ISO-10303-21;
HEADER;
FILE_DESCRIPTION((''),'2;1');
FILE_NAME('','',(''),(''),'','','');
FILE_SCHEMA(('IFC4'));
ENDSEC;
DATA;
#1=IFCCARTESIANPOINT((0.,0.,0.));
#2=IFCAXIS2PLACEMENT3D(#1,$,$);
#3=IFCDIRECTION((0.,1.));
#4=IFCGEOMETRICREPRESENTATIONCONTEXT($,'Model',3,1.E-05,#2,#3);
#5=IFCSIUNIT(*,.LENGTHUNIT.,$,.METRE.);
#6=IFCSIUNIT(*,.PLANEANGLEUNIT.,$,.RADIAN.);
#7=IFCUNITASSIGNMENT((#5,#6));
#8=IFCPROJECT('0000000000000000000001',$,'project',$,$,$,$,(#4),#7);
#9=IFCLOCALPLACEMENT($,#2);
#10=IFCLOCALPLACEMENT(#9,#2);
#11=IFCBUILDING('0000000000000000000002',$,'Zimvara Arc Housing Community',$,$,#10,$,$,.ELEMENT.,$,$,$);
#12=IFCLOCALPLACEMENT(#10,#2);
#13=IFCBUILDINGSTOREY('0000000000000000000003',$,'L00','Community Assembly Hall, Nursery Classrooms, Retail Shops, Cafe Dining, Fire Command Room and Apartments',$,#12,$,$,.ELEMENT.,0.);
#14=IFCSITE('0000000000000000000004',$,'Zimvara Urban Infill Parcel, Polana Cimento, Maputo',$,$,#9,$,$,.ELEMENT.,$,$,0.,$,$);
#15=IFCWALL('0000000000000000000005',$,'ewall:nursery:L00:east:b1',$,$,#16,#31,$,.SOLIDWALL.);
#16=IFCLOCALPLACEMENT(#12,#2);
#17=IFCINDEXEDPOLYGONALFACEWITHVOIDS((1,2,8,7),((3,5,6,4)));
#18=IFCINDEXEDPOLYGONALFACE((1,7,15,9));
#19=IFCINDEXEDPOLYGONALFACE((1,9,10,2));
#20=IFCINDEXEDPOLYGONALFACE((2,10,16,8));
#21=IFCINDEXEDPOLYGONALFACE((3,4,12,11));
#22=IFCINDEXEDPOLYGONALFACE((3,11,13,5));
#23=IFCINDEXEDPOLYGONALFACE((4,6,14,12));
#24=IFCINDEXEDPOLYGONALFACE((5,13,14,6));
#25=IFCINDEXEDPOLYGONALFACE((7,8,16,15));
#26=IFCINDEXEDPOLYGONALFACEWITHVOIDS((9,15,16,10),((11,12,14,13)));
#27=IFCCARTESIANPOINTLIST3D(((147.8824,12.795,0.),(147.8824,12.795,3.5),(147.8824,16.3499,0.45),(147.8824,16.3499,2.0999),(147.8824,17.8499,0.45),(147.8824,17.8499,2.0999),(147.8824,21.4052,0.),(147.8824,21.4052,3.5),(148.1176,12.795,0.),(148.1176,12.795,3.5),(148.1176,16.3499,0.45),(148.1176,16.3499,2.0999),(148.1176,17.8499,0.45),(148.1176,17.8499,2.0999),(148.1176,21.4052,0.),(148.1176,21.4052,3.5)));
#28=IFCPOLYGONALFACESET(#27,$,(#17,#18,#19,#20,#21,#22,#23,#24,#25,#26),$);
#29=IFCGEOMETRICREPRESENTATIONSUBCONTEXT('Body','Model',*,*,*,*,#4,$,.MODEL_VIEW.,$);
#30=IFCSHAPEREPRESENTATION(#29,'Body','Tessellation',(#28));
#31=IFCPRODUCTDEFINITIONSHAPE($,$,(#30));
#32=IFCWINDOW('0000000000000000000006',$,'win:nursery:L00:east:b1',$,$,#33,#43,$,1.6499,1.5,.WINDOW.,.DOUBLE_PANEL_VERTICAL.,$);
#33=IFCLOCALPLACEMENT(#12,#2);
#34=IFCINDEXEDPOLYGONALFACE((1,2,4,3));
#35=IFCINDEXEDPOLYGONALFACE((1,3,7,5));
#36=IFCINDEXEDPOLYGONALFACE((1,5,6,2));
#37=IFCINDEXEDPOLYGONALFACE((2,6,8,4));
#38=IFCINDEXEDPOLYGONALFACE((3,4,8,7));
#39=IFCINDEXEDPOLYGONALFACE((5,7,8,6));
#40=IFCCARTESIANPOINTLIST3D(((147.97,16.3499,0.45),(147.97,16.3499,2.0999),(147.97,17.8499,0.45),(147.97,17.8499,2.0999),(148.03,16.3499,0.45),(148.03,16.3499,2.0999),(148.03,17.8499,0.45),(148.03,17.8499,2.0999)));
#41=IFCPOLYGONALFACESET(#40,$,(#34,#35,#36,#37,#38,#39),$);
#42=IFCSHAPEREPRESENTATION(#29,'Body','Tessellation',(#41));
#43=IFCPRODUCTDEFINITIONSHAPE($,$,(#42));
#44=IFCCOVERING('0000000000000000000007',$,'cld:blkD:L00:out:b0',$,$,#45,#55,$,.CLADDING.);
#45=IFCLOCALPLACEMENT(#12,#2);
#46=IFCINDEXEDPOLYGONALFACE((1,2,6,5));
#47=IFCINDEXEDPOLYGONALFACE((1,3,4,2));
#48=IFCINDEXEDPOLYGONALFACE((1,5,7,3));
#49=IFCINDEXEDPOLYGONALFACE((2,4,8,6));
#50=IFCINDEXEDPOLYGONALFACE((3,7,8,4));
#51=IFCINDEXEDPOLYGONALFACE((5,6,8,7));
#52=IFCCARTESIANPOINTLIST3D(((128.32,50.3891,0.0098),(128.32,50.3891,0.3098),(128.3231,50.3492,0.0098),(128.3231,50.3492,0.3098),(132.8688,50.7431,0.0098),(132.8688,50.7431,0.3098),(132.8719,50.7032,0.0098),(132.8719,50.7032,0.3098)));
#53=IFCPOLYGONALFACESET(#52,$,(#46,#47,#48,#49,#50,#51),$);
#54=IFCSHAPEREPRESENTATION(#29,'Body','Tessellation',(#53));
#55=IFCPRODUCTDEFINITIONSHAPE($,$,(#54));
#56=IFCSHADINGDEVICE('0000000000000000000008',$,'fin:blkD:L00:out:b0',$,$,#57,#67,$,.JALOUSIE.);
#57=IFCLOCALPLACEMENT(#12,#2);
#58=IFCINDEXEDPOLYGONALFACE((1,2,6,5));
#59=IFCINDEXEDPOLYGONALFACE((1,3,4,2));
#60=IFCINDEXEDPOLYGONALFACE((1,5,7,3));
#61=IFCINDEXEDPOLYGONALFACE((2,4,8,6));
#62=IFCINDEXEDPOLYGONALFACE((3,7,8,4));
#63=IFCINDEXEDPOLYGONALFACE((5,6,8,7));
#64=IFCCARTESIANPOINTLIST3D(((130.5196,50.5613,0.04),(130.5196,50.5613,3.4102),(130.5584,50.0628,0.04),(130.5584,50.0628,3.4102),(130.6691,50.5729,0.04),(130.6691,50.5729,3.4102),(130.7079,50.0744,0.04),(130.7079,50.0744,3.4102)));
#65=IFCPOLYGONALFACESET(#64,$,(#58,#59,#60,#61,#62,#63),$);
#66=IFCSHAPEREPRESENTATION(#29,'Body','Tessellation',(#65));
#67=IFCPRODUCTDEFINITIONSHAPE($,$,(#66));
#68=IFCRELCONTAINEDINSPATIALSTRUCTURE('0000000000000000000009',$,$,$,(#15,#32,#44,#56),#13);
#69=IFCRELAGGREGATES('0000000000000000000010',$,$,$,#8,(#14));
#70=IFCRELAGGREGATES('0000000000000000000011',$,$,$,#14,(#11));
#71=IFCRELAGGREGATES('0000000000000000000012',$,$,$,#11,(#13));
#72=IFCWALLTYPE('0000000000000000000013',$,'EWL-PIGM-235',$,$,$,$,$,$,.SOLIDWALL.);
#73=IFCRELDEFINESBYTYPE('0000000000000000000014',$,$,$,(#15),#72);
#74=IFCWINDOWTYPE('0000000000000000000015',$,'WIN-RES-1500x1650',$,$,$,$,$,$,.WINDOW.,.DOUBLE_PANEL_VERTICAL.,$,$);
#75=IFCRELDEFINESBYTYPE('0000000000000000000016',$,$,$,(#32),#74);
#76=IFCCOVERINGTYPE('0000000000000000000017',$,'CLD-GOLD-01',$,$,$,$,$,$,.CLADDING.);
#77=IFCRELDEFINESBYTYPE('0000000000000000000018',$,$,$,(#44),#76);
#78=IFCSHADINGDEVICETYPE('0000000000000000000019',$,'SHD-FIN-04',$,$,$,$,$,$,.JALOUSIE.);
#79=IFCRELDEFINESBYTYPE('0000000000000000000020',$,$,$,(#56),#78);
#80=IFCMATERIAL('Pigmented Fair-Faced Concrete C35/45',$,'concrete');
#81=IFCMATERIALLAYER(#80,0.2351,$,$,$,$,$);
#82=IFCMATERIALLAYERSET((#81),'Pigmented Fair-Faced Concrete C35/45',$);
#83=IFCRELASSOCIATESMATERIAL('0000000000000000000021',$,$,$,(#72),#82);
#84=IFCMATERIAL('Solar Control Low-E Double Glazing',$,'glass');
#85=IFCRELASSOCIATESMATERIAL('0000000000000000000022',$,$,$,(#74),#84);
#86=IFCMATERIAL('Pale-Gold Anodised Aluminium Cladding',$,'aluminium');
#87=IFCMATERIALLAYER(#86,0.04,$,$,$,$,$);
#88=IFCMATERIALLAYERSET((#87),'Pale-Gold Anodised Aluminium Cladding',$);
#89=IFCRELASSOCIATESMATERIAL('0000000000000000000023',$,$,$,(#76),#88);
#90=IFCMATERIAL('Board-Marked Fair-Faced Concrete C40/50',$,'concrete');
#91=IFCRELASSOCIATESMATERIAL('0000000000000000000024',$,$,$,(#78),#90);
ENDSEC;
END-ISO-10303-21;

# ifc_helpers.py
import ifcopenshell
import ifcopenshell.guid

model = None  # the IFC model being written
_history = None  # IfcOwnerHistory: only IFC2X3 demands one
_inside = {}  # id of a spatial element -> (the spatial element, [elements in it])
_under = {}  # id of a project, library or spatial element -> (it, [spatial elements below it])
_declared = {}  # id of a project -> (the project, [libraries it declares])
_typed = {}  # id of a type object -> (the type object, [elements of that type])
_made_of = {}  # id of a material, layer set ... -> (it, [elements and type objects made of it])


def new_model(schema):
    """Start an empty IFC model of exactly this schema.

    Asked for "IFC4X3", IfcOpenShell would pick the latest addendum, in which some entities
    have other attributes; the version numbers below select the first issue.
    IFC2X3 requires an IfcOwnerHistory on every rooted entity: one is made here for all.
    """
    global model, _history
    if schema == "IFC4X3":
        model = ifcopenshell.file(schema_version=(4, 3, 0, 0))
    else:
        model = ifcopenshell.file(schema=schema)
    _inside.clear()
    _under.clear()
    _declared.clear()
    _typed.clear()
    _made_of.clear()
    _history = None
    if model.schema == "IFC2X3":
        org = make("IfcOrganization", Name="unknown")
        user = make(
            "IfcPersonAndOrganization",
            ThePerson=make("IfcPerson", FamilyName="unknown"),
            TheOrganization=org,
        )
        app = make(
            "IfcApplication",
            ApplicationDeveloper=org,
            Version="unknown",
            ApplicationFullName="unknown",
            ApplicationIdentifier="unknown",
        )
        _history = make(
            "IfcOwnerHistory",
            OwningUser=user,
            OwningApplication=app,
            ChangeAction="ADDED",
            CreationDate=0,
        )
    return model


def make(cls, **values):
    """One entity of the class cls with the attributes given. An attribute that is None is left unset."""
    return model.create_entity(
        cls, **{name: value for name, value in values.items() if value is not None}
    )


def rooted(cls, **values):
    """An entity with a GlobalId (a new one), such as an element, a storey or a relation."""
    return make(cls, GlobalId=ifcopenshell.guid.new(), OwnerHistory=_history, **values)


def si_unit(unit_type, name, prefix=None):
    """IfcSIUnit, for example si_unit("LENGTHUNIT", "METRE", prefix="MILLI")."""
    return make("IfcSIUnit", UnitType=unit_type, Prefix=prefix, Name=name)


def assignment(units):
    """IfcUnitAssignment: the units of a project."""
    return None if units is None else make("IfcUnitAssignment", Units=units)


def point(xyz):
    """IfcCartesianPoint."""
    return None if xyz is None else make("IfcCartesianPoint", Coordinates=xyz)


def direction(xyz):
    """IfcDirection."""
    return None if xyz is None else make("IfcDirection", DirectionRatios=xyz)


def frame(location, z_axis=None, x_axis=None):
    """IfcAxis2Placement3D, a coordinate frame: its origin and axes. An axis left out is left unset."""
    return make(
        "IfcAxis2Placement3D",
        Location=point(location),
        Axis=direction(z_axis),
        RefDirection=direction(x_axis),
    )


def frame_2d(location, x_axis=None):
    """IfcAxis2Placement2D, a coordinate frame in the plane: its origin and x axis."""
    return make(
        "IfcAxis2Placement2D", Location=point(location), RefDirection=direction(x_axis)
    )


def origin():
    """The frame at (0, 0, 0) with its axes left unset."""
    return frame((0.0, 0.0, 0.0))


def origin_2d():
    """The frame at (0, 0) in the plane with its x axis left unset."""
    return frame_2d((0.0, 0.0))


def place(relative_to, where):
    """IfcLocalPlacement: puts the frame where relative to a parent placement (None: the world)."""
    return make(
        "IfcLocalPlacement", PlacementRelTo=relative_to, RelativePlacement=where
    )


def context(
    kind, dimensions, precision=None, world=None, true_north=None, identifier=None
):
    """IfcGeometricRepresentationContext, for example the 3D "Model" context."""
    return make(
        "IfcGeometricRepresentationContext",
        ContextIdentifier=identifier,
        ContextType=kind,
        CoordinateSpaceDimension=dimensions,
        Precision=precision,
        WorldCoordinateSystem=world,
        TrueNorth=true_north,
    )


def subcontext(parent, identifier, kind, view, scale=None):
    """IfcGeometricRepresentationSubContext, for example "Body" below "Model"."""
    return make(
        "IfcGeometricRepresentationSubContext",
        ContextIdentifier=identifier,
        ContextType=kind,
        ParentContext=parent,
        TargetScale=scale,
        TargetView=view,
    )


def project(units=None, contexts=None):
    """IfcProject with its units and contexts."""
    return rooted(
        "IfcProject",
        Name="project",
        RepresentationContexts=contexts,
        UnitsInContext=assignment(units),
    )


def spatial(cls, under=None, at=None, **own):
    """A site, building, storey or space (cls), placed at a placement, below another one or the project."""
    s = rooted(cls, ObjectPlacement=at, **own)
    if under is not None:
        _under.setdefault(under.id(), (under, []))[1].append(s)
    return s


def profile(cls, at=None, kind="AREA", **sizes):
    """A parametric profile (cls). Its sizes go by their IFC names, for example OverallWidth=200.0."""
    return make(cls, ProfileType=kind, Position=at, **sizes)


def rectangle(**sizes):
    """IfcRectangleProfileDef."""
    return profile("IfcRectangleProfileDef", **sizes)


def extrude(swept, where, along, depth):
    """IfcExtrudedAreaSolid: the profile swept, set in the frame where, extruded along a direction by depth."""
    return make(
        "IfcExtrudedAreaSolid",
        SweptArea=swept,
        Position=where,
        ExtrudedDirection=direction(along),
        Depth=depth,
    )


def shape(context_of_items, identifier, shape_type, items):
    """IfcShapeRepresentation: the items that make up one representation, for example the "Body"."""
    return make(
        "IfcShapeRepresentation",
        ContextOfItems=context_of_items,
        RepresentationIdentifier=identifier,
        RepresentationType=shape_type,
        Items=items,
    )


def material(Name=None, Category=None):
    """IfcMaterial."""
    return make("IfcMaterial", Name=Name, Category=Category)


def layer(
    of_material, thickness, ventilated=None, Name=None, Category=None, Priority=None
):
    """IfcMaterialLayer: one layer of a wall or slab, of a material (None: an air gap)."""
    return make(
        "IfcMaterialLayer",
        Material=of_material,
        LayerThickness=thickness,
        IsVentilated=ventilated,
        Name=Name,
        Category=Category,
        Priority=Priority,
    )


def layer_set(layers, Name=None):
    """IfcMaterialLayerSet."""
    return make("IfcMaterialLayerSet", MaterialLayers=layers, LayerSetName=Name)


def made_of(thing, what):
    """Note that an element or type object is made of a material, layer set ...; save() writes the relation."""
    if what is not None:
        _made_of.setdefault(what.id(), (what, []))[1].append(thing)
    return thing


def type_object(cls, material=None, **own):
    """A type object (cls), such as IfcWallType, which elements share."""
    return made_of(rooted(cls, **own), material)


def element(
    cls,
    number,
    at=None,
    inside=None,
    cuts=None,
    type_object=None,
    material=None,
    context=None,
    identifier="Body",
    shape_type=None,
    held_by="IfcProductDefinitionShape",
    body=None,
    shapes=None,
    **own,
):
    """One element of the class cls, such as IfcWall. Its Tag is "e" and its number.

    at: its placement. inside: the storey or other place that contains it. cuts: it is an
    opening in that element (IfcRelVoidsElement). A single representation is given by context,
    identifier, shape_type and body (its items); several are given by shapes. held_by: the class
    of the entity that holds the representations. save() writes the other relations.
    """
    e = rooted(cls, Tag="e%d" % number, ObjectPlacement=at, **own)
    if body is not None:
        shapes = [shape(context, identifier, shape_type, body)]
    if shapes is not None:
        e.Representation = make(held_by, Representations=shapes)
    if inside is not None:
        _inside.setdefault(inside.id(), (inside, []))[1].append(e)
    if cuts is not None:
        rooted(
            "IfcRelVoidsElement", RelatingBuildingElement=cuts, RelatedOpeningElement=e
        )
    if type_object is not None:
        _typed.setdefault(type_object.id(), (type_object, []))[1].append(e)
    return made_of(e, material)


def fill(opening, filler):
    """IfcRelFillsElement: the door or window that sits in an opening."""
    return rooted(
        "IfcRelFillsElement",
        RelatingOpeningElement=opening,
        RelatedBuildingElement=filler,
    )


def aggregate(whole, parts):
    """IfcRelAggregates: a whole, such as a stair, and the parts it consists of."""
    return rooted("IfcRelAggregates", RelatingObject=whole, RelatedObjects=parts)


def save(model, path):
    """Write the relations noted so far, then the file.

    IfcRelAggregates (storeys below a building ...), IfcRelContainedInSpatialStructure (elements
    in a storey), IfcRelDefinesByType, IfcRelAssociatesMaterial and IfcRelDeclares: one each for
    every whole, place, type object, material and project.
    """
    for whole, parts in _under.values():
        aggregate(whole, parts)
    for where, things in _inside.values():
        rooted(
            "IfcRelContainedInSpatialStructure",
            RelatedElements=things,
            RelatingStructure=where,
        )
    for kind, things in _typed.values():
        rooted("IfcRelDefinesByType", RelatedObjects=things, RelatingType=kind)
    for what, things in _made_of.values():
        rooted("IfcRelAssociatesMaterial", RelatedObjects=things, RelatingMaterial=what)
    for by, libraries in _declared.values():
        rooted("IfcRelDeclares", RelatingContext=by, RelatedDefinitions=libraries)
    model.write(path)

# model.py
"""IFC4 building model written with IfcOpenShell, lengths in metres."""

from ifc_helpers import new_model, si_unit, direction, frame, frame_2d, origin, origin_2d, place, context, subcontext, project, spatial, rectangle, extrude, material, layer, layer_set, type_object, element, fill, save


model = new_model("IFC4")

# Units and contexts
model_context = context("Model", 3, precision=1e-05, world=origin(), true_north=direction((0.0, 1.0)))
body_context = subcontext(model_context, "Body", "Model", "MODEL_VIEW")
ifc_project = project(units=[si_unit("LENGTHUNIT", "METRE"), si_unit("PLANEANGLEUNIT", "RADIAN")], contexts=[model_context])

# Site, building, storey
site_placement = place(None, origin())
site = spatial("IfcSite", under=ifc_project, at=site_placement, Name="Zimvara Urban Infill Parcel, Polana Cimento, Maputo", CompositionType="ELEMENT", RefElevation=0.0)
building_placement = place(site_placement, origin())
building = spatial("IfcBuilding", under=site, at=building_placement, Name="Zimvara Arc Housing Community", CompositionType="ELEMENT")
storey_placement = place(building_placement, origin())
storey = spatial("IfcBuildingStorey", under=building, at=storey_placement, Name="L00", Description="Community Assembly Hall, Nursery Classrooms, Retail Shops, Cafe Dining, Fire Command Room and Apartments", CompositionType="ELEMENT", Elevation=0.0)

# Shared definitions
ifc_material_1 = material(Name="Pigmented Fair-Faced Concrete C35/45", Category="concrete")
ifc_layer_1 = layer(ifc_material_1, 0.2351)
ifc_layer_set_1 = layer_set([ifc_layer_1], Name="Pigmented Fair-Faced Concrete C35/45")
wall_type_1 = type_object("IfcWallType", Name="EWL-PIGM-235", PredefinedType="SOLIDWALL", material=ifc_layer_set_1)

# Wall, opening, window
ifc_material_2 = material(Name="Solar Control Low-E Double Glazing", Category="glass")
window_type_1 = type_object("IfcWindowType", Name="WIN-RES-1500x1650", PartitioningType="DOUBLE_PANEL_VERTICAL", PredefinedType="WINDOW", material=ifc_material_2)
wall_1_placement = place(storey_placement, frame((148.0, 12.7949, 0.0), z_axis=(0.0, 0.0, 1.0), x_axis=(0.0, 1.0, 0.0)))
wall_1 = element("IfcWall", 1, at=wall_1_placement, inside=storey, type_object=wall_type_1, Name="ewall:nursery:L00:east:b1", PredefinedType="SOLIDWALL", context=body_context, shape_type="SweptSolid", body=[
    extrude(rectangle(XDim=8.6101, YDim=0.2351, at=frame_2d((4.3052, 0.0))), origin(), (0.0, 0.0, 1.0), 3.5),
])
opening_1_placement = place(wall_1_placement, frame((3.5549, 0.0, 0.45)))
opening_1 = element("IfcOpeningElement", 2, at=opening_1_placement, cuts=wall_1, PredefinedType="OPENING", context=body_context, shape_type="SweptSolid", body=[
    extrude(rectangle(XDim=1.5, YDim=1.6499, at=frame_2d((0.75, 0.825))), frame((0.0, 0.1274, 0.0), z_axis=(0.0, -1.0, 0.0), x_axis=(1.0, 0.0, 0.0)), (0.0, 0.0, 1.0), 0.2551),
])
window_1_placement = place(opening_1_placement, origin())
window_1 = element("IfcWindow", 3, at=window_1_placement, inside=storey, type_object=window_type_1, Name="win:nursery:L00:east:b1", OverallHeight=1.6499, OverallWidth=1.5, PartitioningType="DOUBLE_PANEL_VERTICAL", PredefinedType="WINDOW", context=body_context, shape_type="SweptSolid", body=[
    extrude(rectangle(XDim=1.5, YDim=1.6499, at=frame_2d((0.75, 0.825))), frame((0.0, 0.03, 0.0), z_axis=(0.0, -1.0, 0.0), x_axis=(1.0, 0.0, 0.0)), (0.0, 0.0, 1.0), 0.0601),
])
fill(opening_1, window_1)

# Covering
ifc_material_3 = material(Name="Pale-Gold Anodised Aluminium Cladding", Category="aluminium")
ifc_layer_2 = layer(ifc_material_3, 0.04)
ifc_layer_set_2 = layer_set([ifc_layer_2], Name="Pale-Gold Anodised Aluminium Cladding")
covering_type = type_object("IfcCoveringType", Name="CLD-GOLD-01", PredefinedType="CLADDING", material=ifc_layer_set_2)
covering_placement = place(storey_placement, frame((130.5959, 50.5461, 0.0098), z_axis=(0.0, 0.0, 1.0), x_axis=(0.996985, 0.077591, 0.0)))
element("IfcCovering", 4, at=covering_placement, inside=storey, type_object=covering_type, Name="cld:blkD:L00:out:b0", PredefinedType="CLADDING", context=body_context, shape_type="SweptSolid", body=[
    extrude(rectangle(XDim=4.5625, YDim=0.04, at=origin_2d()), origin(), (0.0, 0.0, 1.0), 0.3),
])

# Shading device
ifc_material_4 = material(Name="Board-Marked Fair-Faced Concrete C40/50", Category="concrete")
shading_device_type = type_object("IfcShadingDeviceType", Name="SHD-FIN-04", PredefinedType="JALOUSIE", material=ifc_material_4)
shading_device_placement = place(storey_placement, frame((130.6138, 50.3179, 0.04), z_axis=(0.0, 0.0, 1.0), x_axis=(0.996985, 0.077591, 0.0)))
element("IfcShadingDevice", 5, at=shading_device_placement, inside=storey, type_object=shading_device_type, Name="fin:blkD:L00:out:b0", PredefinedType="JALOUSIE", context=body_context, shape_type="SweptSolid", body=[
    extrude(rectangle(XDim=0.1499, YDim=0.5, at=origin_2d()), origin(), (0.0, 0.0, 1.0), 3.3701),
])

save(model, "model.ifc")
